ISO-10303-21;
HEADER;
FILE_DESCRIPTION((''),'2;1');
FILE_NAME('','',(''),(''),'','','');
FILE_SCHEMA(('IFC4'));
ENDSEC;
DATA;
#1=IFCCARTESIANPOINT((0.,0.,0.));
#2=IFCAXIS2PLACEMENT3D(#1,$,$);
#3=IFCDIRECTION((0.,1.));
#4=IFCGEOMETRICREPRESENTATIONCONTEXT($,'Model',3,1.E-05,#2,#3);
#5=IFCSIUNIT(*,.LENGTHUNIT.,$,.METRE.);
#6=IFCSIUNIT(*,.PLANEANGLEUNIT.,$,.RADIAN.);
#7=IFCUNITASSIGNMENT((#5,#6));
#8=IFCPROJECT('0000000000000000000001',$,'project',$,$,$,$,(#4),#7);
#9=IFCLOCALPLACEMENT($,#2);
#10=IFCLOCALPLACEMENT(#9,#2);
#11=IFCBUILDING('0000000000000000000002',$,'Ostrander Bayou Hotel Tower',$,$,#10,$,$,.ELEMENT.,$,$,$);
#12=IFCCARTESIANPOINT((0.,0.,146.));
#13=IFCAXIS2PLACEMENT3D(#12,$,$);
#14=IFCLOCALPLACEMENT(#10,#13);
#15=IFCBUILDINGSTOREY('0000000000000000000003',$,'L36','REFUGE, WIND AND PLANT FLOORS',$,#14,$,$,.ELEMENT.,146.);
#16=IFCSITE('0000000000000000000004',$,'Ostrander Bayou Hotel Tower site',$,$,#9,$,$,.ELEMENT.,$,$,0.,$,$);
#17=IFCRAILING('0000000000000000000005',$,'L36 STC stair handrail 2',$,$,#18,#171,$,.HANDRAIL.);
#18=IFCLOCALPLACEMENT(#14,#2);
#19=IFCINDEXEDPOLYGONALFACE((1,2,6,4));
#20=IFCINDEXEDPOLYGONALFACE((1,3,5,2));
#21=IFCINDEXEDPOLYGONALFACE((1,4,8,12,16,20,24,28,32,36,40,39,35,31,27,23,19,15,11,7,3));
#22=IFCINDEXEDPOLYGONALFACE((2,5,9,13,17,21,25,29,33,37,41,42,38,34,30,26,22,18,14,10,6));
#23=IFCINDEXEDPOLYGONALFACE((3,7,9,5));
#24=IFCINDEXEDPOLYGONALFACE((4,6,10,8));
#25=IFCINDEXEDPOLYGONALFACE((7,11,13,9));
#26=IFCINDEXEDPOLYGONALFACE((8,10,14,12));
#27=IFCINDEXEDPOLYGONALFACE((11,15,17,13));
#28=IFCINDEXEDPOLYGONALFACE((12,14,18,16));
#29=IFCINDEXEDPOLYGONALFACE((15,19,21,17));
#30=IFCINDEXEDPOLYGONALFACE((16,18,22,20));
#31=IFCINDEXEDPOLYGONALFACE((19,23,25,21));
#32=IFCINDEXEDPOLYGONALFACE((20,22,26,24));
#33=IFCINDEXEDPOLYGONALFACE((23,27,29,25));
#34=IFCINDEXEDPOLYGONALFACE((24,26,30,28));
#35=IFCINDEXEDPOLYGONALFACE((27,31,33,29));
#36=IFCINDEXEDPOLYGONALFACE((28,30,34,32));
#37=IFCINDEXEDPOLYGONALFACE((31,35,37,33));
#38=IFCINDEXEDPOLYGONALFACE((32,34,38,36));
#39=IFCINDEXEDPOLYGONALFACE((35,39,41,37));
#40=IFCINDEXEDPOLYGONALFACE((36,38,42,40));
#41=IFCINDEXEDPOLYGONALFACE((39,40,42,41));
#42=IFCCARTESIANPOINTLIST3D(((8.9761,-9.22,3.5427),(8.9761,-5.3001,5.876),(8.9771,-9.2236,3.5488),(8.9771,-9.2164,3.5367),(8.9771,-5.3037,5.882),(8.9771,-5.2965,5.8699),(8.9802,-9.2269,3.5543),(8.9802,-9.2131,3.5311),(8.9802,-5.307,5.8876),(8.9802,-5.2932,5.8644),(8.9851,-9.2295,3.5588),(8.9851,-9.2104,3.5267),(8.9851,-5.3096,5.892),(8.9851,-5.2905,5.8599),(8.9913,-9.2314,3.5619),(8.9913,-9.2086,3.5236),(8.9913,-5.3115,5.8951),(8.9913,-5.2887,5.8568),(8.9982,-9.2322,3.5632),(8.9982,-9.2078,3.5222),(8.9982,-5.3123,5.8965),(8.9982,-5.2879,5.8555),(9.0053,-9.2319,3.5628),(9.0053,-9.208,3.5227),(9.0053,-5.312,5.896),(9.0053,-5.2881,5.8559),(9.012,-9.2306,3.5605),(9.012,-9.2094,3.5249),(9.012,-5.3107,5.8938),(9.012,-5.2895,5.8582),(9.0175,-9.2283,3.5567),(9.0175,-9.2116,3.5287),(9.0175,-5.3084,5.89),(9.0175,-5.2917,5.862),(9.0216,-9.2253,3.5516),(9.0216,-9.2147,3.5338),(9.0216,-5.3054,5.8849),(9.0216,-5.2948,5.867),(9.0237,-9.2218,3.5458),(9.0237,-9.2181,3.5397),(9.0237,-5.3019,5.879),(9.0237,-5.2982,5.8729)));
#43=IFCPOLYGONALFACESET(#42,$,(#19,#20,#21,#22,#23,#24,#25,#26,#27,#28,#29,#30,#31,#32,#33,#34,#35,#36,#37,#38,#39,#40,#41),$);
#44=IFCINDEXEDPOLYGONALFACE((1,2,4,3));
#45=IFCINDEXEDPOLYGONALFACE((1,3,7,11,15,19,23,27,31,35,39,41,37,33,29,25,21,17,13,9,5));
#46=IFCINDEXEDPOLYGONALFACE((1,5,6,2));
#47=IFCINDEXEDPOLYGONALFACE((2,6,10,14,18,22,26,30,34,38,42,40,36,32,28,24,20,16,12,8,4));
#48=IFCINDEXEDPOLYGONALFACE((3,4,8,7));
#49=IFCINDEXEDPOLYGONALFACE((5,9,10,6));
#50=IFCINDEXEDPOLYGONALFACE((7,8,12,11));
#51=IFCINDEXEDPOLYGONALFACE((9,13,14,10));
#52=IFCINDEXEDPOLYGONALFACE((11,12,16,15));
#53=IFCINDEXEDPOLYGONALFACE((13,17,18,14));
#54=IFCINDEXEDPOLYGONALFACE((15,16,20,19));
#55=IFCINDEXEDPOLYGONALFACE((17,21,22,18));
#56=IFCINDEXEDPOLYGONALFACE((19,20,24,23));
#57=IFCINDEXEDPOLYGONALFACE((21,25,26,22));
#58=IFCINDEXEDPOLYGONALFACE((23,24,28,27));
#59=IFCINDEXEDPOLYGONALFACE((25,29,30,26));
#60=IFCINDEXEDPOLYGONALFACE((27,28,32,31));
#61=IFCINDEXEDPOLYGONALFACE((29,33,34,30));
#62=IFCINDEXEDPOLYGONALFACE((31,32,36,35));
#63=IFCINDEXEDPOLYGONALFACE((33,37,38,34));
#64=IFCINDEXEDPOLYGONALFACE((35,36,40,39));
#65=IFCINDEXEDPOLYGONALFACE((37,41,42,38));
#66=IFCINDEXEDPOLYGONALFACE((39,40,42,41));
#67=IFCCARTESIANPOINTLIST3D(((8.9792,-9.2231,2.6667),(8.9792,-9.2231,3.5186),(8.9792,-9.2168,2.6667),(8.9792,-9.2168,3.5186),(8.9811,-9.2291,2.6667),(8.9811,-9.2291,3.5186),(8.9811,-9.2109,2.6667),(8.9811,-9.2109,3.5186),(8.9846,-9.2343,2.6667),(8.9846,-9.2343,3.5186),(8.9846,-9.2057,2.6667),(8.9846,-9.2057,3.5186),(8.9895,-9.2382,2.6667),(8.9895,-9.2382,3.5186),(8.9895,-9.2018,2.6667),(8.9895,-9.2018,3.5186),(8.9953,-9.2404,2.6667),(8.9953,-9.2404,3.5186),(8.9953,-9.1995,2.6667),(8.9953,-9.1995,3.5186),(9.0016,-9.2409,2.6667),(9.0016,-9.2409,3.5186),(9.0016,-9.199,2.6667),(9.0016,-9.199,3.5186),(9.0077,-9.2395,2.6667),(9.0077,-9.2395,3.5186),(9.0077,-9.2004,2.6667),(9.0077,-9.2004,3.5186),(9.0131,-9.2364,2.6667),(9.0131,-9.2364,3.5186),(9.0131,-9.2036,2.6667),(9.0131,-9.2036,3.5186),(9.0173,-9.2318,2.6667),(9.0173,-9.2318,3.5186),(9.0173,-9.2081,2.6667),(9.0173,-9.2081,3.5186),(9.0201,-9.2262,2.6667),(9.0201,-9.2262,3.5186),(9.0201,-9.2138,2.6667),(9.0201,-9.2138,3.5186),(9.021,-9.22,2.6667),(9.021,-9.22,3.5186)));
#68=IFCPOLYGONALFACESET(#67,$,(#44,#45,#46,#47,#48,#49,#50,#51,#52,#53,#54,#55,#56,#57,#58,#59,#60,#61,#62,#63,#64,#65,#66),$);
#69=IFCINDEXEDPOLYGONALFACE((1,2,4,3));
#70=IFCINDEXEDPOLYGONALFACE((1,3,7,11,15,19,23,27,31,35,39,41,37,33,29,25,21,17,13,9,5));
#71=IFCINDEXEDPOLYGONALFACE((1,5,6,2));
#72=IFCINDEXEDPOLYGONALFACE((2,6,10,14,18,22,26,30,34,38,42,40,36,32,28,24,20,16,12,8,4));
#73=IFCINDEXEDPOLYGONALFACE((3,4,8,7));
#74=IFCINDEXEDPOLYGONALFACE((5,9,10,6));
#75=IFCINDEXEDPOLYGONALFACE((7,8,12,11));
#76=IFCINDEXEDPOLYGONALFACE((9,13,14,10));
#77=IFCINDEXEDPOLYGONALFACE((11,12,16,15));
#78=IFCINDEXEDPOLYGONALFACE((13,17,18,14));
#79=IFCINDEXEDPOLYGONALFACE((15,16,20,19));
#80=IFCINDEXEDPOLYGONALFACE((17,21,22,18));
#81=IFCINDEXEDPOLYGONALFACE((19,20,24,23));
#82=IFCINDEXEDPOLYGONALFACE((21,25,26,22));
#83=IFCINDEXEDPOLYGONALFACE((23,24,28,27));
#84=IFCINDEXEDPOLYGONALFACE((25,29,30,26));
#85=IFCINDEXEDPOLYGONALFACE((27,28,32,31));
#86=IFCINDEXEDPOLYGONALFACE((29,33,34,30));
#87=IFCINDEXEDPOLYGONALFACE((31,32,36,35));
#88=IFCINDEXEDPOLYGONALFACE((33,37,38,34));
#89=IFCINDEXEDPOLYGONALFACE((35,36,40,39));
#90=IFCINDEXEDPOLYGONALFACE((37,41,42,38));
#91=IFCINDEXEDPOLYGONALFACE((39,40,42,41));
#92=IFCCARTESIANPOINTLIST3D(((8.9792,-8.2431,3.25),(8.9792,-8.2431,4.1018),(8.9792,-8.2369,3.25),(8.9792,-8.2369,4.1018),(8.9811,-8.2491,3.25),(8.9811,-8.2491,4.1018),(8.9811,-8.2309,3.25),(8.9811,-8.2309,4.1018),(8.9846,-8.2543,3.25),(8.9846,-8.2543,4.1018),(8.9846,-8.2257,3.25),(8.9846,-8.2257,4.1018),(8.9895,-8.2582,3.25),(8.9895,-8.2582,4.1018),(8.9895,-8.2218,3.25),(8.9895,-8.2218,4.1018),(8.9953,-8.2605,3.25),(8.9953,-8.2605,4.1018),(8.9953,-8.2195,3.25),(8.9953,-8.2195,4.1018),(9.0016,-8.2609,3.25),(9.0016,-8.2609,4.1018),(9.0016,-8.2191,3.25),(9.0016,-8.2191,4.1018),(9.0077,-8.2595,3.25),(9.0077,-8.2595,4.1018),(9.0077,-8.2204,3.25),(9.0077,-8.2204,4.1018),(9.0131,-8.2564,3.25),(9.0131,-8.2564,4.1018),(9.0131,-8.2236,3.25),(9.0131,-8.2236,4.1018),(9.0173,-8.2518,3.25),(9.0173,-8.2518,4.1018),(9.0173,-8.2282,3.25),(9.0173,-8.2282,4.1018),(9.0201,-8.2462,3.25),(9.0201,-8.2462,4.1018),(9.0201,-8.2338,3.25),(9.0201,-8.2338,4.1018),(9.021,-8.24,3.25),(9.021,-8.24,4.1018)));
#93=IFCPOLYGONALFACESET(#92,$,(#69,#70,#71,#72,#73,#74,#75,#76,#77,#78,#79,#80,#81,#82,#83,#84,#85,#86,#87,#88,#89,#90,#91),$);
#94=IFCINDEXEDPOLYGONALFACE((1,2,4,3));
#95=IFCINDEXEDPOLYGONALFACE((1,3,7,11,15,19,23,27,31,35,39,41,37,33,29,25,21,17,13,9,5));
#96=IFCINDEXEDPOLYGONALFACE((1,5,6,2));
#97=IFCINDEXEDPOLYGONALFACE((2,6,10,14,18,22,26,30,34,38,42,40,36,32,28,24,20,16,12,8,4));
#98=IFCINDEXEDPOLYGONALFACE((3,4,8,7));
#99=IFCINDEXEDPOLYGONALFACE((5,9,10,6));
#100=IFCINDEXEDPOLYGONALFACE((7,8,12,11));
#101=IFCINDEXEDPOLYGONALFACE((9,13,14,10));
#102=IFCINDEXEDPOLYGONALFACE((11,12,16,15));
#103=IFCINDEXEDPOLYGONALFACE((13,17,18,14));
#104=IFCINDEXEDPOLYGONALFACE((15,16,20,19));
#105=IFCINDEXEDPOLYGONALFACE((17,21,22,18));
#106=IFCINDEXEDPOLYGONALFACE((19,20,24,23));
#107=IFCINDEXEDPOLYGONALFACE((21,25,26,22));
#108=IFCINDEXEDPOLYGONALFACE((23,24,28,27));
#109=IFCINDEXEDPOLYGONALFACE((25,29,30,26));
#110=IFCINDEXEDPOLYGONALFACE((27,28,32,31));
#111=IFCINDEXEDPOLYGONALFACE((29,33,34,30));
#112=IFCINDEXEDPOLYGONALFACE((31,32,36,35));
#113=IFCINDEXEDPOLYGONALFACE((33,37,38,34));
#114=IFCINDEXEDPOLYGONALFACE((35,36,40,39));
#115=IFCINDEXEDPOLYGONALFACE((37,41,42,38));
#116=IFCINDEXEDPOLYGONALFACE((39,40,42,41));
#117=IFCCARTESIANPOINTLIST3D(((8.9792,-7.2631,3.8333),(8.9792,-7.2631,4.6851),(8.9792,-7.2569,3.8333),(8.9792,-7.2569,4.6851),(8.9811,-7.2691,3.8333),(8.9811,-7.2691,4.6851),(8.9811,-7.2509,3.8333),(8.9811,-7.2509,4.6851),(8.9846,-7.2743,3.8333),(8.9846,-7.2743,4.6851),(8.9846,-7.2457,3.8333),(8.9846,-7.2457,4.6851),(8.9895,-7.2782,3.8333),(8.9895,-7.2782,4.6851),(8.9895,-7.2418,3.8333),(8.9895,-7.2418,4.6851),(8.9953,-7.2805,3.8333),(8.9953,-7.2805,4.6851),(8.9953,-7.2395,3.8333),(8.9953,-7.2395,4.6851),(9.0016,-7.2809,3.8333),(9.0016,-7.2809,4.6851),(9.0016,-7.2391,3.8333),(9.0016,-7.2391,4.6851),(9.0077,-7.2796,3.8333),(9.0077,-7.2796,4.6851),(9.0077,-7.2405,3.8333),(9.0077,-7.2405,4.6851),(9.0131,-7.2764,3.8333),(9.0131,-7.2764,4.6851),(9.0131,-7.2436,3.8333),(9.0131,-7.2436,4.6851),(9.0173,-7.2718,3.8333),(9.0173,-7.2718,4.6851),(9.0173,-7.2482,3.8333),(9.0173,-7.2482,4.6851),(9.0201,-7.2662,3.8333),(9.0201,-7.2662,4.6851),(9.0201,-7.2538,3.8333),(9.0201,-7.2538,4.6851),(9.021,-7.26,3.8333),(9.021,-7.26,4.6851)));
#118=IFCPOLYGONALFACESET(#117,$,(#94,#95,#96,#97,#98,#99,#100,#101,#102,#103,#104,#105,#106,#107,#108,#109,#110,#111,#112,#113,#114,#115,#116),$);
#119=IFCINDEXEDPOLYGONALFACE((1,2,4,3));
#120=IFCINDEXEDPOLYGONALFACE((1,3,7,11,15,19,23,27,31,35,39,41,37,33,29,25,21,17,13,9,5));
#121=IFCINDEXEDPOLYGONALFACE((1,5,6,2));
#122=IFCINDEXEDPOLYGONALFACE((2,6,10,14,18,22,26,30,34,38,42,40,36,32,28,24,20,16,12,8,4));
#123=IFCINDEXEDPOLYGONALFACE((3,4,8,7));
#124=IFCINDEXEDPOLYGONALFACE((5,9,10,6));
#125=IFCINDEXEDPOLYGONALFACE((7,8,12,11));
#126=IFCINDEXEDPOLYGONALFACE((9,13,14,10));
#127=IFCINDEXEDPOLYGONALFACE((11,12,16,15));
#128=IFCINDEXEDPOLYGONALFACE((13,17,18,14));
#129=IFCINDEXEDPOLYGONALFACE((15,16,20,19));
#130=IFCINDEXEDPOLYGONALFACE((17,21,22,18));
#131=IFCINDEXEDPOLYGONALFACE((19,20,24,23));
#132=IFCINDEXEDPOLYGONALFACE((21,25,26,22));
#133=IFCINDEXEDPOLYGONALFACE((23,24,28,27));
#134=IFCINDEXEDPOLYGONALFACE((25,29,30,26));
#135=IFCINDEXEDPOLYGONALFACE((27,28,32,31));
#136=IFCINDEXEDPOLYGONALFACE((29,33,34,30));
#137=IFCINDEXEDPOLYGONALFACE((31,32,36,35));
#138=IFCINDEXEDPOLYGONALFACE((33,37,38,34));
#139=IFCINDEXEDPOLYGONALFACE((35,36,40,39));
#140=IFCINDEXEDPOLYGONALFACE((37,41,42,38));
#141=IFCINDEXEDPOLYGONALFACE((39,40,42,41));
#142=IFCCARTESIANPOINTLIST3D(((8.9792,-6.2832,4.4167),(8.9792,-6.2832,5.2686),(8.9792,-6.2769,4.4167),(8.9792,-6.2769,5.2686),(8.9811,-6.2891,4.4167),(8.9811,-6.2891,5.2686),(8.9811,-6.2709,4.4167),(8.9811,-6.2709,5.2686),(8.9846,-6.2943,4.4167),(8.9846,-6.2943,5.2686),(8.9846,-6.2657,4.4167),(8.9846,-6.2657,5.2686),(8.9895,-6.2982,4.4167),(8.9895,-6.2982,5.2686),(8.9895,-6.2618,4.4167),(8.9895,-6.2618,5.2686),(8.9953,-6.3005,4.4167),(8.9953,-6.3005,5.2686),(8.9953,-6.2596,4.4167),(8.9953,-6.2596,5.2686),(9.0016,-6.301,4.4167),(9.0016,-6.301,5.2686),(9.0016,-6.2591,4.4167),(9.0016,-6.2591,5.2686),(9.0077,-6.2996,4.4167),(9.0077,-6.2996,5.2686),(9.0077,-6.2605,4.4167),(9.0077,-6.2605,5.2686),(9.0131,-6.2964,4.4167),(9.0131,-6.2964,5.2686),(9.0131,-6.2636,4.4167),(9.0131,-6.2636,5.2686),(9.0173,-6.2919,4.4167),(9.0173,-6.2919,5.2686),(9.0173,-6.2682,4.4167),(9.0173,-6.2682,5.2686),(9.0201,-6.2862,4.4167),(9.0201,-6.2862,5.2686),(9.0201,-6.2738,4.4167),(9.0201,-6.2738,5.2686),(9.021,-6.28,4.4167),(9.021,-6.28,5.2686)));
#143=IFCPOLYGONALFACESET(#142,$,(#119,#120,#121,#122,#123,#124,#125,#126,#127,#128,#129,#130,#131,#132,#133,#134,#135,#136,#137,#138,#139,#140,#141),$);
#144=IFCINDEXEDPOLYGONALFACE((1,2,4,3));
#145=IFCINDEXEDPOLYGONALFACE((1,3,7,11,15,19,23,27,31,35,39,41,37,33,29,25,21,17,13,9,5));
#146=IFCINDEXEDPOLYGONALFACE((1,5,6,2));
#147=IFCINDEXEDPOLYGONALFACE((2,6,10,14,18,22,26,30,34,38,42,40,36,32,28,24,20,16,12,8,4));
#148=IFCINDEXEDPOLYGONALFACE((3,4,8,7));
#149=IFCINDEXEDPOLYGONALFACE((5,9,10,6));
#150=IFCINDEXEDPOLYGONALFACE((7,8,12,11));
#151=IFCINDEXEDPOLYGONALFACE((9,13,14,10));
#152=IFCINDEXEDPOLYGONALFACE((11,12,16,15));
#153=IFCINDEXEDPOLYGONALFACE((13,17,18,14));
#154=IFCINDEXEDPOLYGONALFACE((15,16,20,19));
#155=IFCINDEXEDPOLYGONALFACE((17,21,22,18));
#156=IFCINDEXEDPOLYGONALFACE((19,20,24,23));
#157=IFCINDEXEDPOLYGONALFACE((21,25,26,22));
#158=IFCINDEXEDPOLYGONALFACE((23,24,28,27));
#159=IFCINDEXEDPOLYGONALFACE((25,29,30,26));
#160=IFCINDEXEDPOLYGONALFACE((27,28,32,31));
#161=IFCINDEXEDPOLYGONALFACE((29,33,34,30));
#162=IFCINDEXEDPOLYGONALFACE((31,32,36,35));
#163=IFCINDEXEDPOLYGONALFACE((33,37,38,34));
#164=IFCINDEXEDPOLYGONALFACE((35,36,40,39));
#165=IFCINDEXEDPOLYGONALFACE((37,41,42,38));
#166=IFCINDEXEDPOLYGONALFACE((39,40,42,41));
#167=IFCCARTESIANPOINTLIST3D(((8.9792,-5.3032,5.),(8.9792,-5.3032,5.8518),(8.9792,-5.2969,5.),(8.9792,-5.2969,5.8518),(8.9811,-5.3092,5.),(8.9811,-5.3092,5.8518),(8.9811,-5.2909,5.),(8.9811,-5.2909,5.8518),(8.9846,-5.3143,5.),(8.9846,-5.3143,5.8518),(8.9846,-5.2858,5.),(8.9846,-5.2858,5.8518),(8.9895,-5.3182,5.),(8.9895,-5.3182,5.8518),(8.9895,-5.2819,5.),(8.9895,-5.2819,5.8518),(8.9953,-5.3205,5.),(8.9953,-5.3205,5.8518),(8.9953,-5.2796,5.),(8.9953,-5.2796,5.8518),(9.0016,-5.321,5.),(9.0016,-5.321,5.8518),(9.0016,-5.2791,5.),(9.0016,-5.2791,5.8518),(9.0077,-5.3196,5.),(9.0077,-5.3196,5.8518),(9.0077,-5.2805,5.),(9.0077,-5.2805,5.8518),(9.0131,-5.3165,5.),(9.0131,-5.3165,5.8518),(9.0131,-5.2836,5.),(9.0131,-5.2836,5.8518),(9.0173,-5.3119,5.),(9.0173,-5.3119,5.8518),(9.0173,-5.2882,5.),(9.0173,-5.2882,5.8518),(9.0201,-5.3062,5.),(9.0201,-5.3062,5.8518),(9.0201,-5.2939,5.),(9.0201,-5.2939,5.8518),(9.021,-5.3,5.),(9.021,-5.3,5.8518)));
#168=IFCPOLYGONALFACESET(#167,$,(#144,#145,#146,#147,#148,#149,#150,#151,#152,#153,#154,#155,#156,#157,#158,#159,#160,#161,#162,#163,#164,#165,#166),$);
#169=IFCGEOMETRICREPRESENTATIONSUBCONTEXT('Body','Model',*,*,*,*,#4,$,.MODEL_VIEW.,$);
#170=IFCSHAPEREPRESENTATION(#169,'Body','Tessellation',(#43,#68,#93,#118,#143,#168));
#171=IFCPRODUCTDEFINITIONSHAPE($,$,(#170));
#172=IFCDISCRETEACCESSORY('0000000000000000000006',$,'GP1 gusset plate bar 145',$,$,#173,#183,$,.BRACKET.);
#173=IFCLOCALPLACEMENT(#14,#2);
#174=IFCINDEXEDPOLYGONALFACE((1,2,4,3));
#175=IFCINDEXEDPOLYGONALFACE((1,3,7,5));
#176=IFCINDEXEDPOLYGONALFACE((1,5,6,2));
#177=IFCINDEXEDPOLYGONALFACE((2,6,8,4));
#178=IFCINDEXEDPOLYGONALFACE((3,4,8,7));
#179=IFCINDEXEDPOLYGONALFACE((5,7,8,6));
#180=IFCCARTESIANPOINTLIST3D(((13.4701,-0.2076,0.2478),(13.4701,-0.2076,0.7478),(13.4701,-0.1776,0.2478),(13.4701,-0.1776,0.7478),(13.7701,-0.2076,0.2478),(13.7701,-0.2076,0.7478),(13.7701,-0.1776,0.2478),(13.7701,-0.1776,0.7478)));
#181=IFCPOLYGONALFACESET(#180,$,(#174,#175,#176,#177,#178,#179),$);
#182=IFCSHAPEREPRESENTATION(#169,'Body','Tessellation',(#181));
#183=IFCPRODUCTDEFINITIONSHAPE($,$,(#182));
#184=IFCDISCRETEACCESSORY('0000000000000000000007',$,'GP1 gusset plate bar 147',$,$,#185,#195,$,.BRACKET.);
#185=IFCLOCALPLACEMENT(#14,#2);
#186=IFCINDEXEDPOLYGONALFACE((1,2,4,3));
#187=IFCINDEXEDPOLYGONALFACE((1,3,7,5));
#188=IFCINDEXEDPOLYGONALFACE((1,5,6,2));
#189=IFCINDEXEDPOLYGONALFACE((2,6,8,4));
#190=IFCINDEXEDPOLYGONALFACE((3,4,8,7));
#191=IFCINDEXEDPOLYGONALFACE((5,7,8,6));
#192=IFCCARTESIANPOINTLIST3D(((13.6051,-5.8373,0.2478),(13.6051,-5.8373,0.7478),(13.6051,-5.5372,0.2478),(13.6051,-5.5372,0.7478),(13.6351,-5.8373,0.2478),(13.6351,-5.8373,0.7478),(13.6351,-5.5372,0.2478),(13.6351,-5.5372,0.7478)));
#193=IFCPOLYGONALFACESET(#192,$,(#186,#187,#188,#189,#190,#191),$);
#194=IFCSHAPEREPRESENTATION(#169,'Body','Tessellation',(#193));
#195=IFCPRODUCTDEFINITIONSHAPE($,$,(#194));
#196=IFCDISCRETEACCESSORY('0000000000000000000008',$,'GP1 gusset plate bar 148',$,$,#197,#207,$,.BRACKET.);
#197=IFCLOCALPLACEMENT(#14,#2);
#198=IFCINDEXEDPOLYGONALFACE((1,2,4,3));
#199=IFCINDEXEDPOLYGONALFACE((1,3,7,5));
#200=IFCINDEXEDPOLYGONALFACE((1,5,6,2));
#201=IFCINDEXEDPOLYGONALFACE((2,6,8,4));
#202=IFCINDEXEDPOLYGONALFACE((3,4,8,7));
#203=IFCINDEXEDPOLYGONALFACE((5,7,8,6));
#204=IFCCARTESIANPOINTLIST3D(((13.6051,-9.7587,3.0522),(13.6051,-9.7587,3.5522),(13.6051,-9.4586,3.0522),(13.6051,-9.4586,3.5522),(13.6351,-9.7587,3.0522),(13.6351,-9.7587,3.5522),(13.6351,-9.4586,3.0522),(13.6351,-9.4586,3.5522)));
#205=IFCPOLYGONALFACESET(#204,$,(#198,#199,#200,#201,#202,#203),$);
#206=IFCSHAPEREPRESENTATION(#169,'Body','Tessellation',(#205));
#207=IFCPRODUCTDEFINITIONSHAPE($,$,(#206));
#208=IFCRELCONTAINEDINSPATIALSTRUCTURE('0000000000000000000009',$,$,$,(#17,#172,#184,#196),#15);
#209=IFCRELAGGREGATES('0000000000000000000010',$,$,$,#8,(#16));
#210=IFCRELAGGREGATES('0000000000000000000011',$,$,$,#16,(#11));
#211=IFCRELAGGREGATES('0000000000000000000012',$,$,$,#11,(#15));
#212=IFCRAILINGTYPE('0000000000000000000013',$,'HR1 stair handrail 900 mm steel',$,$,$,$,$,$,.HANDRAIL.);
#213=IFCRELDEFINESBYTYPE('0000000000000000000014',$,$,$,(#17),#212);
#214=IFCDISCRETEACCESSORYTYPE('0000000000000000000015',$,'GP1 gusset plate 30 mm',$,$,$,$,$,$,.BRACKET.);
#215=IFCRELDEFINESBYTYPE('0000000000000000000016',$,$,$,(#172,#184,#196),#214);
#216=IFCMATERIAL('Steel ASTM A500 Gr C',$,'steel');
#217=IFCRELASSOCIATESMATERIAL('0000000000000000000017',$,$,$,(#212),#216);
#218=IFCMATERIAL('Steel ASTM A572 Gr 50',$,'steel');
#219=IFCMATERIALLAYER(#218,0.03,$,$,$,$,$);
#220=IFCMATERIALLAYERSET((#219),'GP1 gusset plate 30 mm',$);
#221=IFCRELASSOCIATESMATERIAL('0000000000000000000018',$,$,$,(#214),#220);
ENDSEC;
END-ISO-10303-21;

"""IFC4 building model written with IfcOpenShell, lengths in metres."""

from ifc_helpers import new_model, si_unit, direction, frame, origin, origin_2d, place, context, subcontext, project, spatial, rectangle, circle, extrude, material, layer, layer_set, type_object, element, save


model = new_model("IFC4")

# Units and contexts
model_context = context("Model", 3, precision=1e-05, world=origin(), true_north=direction((0.0, 1.0)))
body_context = subcontext(model_context, "Body", "Model", "MODEL_VIEW")
ifc_project = project(units=[si_unit("LENGTHUNIT", "METRE"), si_unit("PLANEANGLEUNIT", "RADIAN")], contexts=[model_context])

# Site, building, storey
site_placement = place(None, origin())
site = spatial("IfcSite", under=ifc_project, at=site_placement, Name="Ostrander Bayou Hotel Tower site", CompositionType="ELEMENT", RefElevation=0.0)
building_placement = place(site_placement, origin())
building = spatial("IfcBuilding", under=site, at=building_placement, Name="Ostrander Bayou Hotel Tower", CompositionType="ELEMENT")
storey_placement = place(building_placement, frame((0.0, 0.0, 146.0)))
storey = spatial("IfcBuildingStorey", under=building, at=storey_placement, Name="L36", Description="REFUGE, WIND AND PLANT FLOORS", CompositionType="ELEMENT", Elevation=146.0)

# Railing
ifc_material_1 = material(Name="Steel ASTM A500 Gr C", Category="steel")
railing_type = type_object("IfcRailingType", Name="HR1 stair handrail 900 mm steel", PredefinedType="HANDRAIL", material=ifc_material_1)
railing_placement = place(storey_placement, frame((9.0, -9.22, 2.6667)))
element("IfcRailing", 1, at=railing_placement, inside=storey, type_object=railing_type, Name="L36 STC stair handrail 2", PredefinedType="HANDRAIL", context=body_context, shape_type="SweptSolid", body=[
    extrude(circle(Radius=0.0239, at=origin_2d()), frame((0.0, 0.0, 0.876), z_axis=(0.0, 0.859296, 0.511478), x_axis=(-1.0, 0.0, 0.0)), (0.0, 0.0, 1.0), 4.5618),
    extrude(circle(Radius=0.021, at=origin_2d()), origin(), (0.0, 0.0, 1.0), 0.8518),
    extrude(circle(Radius=0.021, at=origin_2d()), frame((0.0, 0.98, 0.5833)), (0.0, 0.0, 1.0), 0.8518),
    extrude(circle(Radius=0.021, at=origin_2d()), frame((0.0, 1.96, 1.1665)), (0.0, 0.0, 1.0), 0.8518),
    extrude(circle(Radius=0.021, at=origin_2d()), frame((0.0, 2.9399, 1.75)), (0.0, 0.0, 1.0), 0.8518),
    extrude(circle(Radius=0.021, at=origin_2d()), frame((0.0, 3.9199, 2.3333)), (0.0, 0.0, 1.0), 0.8518),
])

# Discrete accessories
ifc_material_2 = material(Name="Steel ASTM A572 Gr 50", Category="steel")
ifc_layer_1 = layer(ifc_material_2, 0.03)
ifc_layer_set_1 = layer_set([ifc_layer_1], Name="GP1 gusset plate 30 mm")
discrete_accessory_type = type_object("IfcDiscreteAccessoryType", Name="GP1 gusset plate 30 mm", PredefinedType="BRACKET", material=ifc_layer_set_1)
for number, where, z_axis, x_axis, name in (
    (2, (13.6201, -0.1926, 0.2478), (0.0, 0.0, 1.0), (1.0, 0.0, 0.0), "GP1 gusset plate bar 145"),
    (3, (13.6201, -5.6873, 0.2478), (0.0, 0.0, 1.0), (0.0, -1.0, 0.0), "GP1 gusset plate bar 147"),
    (4, (13.6201, -9.6086, 3.0522), (0.0, 0.0, 1.0), (0.0, -1.0, 0.0), "GP1 gusset plate bar 148"),
):
    element("IfcDiscreteAccessory", number, at=place(storey_placement, frame(where, z_axis=z_axis, x_axis=x_axis)), inside=storey, type_object=discrete_accessory_type, Name=name, PredefinedType="BRACKET", context=body_context, shape_type="SweptSolid", body=[
        extrude(rectangle(XDim=0.3, YDim=0.03, at=origin_2d()), origin(), (0.0, 0.0, 1.0), 0.5),
    ])

save(model, "model.ifc")
